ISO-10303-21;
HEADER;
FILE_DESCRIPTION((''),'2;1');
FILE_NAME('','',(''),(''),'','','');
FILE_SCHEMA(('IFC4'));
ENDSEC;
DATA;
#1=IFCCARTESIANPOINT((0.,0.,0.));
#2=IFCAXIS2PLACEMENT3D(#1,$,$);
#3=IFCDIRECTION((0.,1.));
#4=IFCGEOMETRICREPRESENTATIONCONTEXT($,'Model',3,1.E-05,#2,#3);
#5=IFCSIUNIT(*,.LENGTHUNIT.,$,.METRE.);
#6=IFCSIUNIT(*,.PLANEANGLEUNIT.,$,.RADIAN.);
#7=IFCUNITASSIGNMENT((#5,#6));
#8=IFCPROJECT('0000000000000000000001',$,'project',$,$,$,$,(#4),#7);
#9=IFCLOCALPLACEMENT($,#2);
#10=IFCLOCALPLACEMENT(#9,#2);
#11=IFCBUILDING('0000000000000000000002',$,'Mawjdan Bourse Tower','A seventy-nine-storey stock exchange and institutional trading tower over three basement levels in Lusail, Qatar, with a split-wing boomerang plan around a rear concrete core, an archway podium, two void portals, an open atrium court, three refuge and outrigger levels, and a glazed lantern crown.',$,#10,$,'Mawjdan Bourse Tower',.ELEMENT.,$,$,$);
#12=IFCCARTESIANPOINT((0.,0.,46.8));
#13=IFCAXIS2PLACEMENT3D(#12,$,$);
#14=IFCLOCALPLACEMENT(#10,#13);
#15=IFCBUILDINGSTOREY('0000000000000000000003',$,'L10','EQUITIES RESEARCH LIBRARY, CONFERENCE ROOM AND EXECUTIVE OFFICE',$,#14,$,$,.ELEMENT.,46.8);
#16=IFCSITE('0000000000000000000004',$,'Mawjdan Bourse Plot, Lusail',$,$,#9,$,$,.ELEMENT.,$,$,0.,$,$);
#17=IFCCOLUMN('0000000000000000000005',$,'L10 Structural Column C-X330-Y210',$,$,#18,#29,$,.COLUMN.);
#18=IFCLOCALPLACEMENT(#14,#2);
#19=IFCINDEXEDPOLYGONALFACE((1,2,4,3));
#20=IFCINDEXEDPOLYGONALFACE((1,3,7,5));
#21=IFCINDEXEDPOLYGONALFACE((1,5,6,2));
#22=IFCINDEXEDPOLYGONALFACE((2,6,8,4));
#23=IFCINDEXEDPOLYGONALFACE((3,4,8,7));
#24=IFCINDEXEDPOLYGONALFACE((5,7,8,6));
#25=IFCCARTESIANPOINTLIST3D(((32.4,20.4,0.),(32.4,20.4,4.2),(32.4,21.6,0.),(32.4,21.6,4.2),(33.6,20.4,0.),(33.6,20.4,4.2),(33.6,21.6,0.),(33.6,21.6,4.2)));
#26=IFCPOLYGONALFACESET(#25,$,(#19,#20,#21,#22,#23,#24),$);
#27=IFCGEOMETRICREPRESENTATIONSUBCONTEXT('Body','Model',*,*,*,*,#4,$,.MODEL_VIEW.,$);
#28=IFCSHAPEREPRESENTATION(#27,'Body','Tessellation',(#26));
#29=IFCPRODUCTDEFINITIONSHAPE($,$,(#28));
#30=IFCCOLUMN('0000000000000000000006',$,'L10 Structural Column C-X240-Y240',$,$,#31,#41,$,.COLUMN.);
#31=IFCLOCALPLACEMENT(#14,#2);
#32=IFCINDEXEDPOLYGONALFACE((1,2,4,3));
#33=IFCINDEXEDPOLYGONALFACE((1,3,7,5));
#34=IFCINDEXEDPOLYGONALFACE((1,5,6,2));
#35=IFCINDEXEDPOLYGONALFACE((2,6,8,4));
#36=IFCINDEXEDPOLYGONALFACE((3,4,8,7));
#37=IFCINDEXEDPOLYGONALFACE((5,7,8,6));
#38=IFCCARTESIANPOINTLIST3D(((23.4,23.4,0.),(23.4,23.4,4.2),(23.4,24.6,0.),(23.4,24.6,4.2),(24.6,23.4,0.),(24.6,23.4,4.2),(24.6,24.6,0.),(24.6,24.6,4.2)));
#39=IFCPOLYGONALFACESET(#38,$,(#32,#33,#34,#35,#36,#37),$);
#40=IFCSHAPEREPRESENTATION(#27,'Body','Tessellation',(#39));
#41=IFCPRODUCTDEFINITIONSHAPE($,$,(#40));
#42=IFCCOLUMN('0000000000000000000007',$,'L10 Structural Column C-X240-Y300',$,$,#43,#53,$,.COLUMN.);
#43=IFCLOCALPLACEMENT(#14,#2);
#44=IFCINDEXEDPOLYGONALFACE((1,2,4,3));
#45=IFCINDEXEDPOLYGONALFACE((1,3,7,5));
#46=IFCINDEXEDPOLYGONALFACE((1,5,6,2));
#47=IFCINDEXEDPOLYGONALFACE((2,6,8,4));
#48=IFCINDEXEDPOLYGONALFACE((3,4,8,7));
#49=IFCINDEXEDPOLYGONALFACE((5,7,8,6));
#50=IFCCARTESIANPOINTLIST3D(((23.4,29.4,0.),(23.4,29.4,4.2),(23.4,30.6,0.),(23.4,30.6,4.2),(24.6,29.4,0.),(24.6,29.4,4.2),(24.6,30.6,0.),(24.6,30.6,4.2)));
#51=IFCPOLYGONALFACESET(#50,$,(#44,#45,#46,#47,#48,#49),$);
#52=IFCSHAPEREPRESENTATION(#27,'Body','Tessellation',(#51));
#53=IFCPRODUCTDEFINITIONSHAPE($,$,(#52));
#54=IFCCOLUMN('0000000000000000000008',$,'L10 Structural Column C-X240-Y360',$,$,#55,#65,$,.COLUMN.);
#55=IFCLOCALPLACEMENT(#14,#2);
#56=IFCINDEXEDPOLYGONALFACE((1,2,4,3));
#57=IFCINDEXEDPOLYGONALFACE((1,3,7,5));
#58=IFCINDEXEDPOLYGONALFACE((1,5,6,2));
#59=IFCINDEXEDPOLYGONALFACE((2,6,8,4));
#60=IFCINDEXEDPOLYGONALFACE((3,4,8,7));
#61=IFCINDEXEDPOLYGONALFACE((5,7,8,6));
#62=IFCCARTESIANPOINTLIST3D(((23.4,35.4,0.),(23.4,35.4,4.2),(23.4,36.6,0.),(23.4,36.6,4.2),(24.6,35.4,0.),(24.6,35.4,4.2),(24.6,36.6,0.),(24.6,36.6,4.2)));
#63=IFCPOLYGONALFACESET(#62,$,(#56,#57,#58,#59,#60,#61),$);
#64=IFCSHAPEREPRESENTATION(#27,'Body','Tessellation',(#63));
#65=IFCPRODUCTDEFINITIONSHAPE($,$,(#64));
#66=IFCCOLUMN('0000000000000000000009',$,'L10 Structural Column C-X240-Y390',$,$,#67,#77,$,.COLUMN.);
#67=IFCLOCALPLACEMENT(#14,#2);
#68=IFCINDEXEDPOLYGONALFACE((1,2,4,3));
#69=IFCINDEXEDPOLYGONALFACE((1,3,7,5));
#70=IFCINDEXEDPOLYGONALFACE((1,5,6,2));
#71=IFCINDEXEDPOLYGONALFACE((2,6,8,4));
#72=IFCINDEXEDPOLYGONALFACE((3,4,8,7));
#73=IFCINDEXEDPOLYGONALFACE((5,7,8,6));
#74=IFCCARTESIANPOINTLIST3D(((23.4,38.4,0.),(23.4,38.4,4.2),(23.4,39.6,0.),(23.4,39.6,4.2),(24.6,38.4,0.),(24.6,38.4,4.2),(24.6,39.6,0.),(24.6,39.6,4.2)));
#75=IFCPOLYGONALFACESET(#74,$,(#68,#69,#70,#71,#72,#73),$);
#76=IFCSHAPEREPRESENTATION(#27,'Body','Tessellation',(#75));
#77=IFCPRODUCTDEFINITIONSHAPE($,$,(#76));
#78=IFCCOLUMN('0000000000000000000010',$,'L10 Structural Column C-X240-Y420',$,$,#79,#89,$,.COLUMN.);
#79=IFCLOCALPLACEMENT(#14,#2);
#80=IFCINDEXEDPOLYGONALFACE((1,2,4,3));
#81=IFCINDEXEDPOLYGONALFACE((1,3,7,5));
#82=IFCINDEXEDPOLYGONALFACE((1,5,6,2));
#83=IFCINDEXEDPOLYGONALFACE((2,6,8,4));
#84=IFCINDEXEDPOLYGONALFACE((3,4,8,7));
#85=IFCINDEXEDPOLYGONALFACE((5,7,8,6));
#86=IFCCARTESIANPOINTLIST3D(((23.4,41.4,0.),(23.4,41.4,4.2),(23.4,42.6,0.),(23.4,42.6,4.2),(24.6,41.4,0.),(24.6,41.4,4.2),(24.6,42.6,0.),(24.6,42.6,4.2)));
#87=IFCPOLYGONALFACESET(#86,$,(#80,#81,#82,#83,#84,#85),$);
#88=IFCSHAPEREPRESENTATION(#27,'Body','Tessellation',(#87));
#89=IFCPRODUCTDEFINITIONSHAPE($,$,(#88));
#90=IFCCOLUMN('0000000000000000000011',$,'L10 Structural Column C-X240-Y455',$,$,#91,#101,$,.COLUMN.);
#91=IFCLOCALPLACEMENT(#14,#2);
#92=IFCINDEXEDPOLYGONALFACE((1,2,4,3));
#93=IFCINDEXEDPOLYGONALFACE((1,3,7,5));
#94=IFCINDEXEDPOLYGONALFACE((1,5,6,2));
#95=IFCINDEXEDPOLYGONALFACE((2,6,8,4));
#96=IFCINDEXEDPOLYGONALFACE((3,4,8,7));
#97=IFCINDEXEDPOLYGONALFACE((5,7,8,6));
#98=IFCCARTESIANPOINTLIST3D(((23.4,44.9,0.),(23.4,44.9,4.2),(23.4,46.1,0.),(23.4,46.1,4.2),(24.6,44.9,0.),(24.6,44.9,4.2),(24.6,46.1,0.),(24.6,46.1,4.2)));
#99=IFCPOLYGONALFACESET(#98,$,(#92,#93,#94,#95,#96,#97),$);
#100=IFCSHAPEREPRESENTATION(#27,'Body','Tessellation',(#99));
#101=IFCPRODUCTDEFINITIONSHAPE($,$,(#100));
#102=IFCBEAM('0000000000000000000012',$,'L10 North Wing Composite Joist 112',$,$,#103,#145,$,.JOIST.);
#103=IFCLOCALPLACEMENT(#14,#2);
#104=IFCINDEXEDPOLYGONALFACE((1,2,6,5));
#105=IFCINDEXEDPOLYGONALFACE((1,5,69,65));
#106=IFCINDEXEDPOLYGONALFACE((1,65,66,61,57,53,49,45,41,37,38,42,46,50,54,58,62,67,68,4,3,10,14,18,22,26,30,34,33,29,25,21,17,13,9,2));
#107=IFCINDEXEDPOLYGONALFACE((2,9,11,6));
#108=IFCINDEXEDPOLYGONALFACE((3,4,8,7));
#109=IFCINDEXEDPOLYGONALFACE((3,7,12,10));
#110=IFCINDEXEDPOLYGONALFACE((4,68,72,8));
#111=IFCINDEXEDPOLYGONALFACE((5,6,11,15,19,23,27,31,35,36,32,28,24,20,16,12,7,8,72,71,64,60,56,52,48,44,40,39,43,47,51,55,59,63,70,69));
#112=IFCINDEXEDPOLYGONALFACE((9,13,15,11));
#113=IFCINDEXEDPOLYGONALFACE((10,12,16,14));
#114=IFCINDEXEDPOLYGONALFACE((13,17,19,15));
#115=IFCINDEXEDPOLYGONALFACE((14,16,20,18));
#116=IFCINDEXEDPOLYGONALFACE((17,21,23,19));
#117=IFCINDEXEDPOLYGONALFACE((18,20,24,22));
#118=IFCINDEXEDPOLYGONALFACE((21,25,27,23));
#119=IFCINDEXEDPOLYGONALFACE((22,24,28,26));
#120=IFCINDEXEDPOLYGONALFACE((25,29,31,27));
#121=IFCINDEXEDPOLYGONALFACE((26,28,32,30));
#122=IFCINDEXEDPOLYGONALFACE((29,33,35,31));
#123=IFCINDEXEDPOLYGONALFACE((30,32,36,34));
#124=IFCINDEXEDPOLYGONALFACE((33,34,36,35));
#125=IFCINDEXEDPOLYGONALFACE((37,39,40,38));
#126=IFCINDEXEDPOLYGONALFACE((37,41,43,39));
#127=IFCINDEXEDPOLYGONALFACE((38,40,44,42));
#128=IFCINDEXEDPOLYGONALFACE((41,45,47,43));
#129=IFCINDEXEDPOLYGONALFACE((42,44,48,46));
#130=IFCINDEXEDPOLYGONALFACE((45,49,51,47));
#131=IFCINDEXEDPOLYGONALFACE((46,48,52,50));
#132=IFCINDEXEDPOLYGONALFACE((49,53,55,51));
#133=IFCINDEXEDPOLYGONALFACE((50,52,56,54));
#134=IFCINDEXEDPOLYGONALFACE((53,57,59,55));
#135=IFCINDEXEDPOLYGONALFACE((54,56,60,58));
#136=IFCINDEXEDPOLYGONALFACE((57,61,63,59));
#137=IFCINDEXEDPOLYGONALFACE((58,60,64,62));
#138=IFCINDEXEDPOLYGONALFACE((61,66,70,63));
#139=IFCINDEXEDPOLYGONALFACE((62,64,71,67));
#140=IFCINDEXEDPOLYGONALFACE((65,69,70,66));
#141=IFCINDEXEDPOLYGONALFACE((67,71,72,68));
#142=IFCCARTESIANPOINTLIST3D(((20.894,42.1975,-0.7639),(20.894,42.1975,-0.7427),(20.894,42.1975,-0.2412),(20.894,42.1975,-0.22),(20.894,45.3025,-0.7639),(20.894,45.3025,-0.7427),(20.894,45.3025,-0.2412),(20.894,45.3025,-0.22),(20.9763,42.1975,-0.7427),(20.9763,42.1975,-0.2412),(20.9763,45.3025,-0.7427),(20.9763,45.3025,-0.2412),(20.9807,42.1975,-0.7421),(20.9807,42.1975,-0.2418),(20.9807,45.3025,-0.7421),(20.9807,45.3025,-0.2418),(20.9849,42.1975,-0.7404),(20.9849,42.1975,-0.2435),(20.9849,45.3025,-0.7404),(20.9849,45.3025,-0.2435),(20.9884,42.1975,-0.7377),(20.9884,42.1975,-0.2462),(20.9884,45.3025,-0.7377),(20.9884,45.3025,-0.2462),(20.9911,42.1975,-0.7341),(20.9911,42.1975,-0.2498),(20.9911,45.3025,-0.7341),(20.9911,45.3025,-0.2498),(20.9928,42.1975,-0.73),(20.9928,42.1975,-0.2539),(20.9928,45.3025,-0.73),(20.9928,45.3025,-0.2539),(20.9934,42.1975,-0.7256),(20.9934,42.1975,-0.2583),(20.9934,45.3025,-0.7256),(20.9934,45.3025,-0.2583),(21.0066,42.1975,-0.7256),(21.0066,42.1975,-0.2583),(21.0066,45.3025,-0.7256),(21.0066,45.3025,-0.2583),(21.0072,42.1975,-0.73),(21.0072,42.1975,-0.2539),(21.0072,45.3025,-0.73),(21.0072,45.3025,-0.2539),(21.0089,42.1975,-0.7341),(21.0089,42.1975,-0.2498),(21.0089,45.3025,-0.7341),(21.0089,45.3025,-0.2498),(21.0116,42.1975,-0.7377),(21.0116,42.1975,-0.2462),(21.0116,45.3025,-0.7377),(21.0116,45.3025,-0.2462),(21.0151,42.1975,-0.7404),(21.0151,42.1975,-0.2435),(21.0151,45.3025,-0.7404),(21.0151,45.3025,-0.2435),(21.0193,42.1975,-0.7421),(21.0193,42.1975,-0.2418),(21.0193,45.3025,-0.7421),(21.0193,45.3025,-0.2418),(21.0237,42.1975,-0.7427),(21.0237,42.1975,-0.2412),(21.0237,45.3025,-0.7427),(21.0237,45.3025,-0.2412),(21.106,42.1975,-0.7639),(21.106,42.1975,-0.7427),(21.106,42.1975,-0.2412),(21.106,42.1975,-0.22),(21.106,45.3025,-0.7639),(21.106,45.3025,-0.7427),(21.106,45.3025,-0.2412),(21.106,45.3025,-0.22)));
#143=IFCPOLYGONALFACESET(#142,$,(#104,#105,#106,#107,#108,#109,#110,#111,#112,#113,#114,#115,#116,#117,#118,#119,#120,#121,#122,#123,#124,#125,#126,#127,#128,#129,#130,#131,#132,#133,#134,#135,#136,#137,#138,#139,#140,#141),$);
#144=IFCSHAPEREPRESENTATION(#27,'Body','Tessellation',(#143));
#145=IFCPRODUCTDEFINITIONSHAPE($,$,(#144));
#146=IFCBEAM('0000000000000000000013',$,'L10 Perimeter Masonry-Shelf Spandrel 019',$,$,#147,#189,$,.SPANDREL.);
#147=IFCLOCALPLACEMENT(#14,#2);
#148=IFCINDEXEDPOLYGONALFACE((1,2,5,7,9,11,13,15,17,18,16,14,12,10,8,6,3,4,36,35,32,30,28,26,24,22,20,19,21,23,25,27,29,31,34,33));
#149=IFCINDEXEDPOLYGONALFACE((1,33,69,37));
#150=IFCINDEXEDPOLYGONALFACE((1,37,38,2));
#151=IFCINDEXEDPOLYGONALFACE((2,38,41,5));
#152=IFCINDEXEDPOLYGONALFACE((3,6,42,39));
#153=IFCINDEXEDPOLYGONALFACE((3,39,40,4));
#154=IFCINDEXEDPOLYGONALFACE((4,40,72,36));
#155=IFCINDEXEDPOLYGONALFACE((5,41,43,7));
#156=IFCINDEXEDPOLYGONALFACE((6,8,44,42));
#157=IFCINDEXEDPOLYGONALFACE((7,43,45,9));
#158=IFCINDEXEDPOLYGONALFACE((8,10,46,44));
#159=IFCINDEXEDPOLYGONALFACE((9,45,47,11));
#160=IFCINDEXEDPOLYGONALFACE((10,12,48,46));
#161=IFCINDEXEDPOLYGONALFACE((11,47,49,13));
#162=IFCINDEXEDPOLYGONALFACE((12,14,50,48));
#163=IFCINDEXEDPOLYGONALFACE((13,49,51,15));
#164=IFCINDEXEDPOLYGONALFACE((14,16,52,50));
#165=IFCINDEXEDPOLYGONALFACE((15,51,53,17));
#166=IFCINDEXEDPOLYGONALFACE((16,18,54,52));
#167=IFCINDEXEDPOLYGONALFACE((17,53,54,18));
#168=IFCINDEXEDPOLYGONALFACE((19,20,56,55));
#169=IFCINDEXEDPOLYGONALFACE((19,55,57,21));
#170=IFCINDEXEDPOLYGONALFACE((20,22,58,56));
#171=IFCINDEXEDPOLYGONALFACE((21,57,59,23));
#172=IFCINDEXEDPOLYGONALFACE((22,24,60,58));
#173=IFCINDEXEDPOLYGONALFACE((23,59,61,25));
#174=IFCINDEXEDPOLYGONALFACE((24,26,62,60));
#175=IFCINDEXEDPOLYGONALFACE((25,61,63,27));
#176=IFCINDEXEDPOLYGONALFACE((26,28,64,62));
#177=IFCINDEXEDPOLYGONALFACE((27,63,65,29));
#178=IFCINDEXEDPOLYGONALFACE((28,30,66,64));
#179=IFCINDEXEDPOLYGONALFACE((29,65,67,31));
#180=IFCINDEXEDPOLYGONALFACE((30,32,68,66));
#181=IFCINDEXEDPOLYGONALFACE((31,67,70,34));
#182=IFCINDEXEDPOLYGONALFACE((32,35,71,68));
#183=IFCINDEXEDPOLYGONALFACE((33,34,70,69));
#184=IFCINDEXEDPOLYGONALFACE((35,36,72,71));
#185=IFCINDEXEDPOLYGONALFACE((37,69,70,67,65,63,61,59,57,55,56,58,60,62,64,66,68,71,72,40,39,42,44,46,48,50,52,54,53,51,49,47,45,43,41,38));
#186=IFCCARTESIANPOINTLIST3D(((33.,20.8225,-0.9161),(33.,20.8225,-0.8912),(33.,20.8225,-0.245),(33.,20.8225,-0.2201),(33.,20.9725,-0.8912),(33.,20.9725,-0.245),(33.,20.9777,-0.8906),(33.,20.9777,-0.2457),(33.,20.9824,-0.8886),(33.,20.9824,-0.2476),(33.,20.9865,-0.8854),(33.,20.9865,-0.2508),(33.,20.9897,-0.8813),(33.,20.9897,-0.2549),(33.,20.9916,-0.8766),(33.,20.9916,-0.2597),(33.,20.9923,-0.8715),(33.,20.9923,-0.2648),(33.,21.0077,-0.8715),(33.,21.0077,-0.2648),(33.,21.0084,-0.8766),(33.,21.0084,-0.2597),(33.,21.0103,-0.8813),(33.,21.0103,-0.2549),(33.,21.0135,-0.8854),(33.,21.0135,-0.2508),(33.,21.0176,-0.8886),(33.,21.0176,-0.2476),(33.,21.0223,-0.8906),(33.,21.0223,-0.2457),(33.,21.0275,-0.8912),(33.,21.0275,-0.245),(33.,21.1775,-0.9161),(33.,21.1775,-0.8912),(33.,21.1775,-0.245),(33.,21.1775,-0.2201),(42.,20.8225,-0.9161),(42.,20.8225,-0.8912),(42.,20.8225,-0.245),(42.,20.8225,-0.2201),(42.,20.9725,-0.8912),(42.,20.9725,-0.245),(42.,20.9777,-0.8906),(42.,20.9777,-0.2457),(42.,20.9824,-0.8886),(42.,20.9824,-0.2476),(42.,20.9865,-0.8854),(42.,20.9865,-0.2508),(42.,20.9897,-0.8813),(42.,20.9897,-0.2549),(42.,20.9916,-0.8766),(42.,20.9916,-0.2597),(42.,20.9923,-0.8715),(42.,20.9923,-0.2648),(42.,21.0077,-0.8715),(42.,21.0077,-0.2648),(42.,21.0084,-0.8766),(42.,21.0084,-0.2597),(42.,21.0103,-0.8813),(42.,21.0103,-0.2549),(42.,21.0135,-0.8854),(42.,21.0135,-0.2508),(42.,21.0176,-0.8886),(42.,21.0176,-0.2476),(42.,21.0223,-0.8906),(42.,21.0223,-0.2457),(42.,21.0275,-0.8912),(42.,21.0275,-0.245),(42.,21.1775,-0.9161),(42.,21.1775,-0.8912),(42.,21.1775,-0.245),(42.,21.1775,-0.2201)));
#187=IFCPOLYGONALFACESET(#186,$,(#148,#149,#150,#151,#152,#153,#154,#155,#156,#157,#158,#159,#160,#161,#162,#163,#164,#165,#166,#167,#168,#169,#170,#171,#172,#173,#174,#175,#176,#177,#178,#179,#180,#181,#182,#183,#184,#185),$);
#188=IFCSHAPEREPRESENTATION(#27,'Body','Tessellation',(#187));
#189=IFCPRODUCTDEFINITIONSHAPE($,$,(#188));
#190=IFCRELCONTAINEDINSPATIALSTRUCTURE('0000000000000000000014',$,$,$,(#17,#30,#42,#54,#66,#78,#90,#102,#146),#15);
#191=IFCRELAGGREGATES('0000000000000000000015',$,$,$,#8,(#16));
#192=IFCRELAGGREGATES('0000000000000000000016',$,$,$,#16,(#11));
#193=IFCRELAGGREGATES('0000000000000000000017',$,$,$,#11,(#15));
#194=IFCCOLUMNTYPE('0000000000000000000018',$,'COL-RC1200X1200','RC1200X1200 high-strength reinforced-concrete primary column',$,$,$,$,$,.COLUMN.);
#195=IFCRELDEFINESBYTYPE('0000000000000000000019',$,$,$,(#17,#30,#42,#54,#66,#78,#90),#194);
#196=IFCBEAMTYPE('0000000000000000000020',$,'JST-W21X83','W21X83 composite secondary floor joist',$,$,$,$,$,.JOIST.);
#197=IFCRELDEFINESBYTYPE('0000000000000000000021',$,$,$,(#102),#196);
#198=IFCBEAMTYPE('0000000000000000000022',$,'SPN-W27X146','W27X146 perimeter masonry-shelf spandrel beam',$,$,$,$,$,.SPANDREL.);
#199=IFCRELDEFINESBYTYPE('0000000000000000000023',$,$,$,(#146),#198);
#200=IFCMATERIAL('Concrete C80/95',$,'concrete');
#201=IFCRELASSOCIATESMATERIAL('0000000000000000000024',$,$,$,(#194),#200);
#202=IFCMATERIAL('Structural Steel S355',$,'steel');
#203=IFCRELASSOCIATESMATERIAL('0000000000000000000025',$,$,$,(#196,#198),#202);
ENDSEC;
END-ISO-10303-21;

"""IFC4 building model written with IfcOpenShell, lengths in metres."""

from ifc_helpers import new_model, si_unit, direction, frame, origin, origin_2d, place, context, subcontext, project, spatial, rectangle, i_section, extrude, material, material_profile, profile_set, type_object, element, save


model = new_model("IFC4")

# Units and contexts
model_context = context("Model", 3, precision=1e-05, world=origin(), true_north=direction((0.0, 1.0)))
body_context = subcontext(model_context, "Body", "Model", "MODEL_VIEW")
ifc_project = project(units=[si_unit("LENGTHUNIT", "METRE"), si_unit("PLANEANGLEUNIT", "RADIAN")], contexts=[model_context])

# Site, building, storey
site_placement = place(None, origin())
site = spatial("IfcSite", under=ifc_project, at=site_placement, Name="Mawjdan Bourse Plot, Lusail", CompositionType="ELEMENT", RefElevation=0.0)
building_placement = place(site_placement, origin())
building = spatial("IfcBuilding", under=site, at=building_placement, Name="Mawjdan Bourse Tower", Description="A seventy-nine-storey stock exchange and institutional trading tower over three basement levels in Lusail, Qatar, with a split-wing boomerang plan around a rear concrete core, an archway podium, two void portals, an open atrium court, three refuge and outrigger levels, and a glazed lantern crown.", LongName="Mawjdan Bourse Tower", CompositionType="ELEMENT")
storey_placement = place(building_placement, frame((0.0, 0.0, 46.8)))
storey = spatial("IfcBuildingStorey", under=building, at=storey_placement, Name="L10", Description="EQUITIES RESEARCH LIBRARY, CONFERENCE ROOM AND EXECUTIVE OFFICE", CompositionType="ELEMENT", Elevation=46.8)

# Columns
ifc_material_1 = material(Name="Concrete C80/95", Category="concrete")
ifc_material_profile_1 = material_profile(ifc_material_1, rectangle(XDim=1.2, YDim=1.2, at=origin_2d()), Name="RC1200X1200")
ifc_profile_set_1 = profile_set([ifc_material_profile_1], Name="Concrete C80/95")
column_type = type_object("IfcColumnType", Name="COL-RC1200X1200", Description="RC1200X1200 high-strength reinforced-concrete primary column", PredefinedType="COLUMN", material=ifc_profile_set_1)
for number, where, z_axis, x_axis, name in (
    (1, (33.0, 21.0, 0.0), (0.0, 0.0, 1.0), (1.0, 0.0, 0.0), "L10 Structural Column C-X330-Y210"),
    (2, (24.0, 24.0, 0.0), (0.0, 0.0, 1.0), (1.0, 0.0, 0.0), "L10 Structural Column C-X240-Y240"),
    (3, (24.0, 30.0, 0.0), (0.0, 0.0, 1.0), (1.0, 0.0, 0.0), "L10 Structural Column C-X240-Y300"),
    (4, (24.0, 36.0, 0.0), (0.0, 0.0, 1.0), (1.0, 0.0, 0.0), "L10 Structural Column C-X240-Y360"),
    (5, (24.0, 39.0, 0.0), (0.0, 0.0, 1.0), (1.0, 0.0, 0.0), "L10 Structural Column C-X240-Y390"),
    (6, (24.0, 42.0, 0.0), (0.0, 0.0, 1.0), (1.0, 0.0, 0.0), "L10 Structural Column C-X240-Y420"),
    (7, (24.0, 45.5, 0.0), (0.0, 0.0, 1.0), (1.0, 0.0, 0.0), "L10 Structural Column C-X240-Y455"),
):
    element("IfcColumn", number, at=place(storey_placement, frame(where, z_axis=z_axis, x_axis=x_axis)), inside=storey, type_object=column_type, Name=name, PredefinedType="COLUMN", context=body_context, shape_type="SweptSolid", body=[
        extrude(rectangle(XDim=1.2, YDim=1.2, at=origin_2d()), origin(), (0.0, 0.0, 1.0), 4.2),
    ])

# Beams
ifc_material_2 = material(Name="Structural Steel S355", Category="steel")
ifc_material_profile_2 = material_profile(ifc_material_2, i_section(OverallWidth=0.2119, OverallDepth=0.5439, WebThickness=0.0132, FlangeThickness=0.0212, FilletRadius=0.0171, at=origin_2d()), Name="W21X83")
ifc_profile_set_2 = profile_set([ifc_material_profile_2], Name="Structural Steel S355")
beam_type_1 = type_object("IfcBeamType", Name="JST-W21X83", Description="W21X83 composite secondary floor joist", PredefinedType="JOIST", material=ifc_profile_set_2)
beam_1_placement = place(storey_placement, frame((21.0, 42.1975, -0.4919), z_axis=(0.0, 1.0, 0.0), x_axis=(-1.0, 0.0, 0.0)))
element("IfcBeam", 8, at=beam_1_placement, inside=storey, type_object=beam_type_1, Name="L10 North Wing Composite Joist 112", PredefinedType="JOIST", context=body_context, shape_type="SweptSolid", body=[
    extrude(i_section(OverallWidth=0.2119, OverallDepth=0.5439, WebThickness=0.0132, FlangeThickness=0.0212, FilletRadius=0.0171, at=origin_2d()), origin(), (0.0, 0.0, 1.0), 3.105),
])
ifc_material_profile_3 = material_profile(ifc_material_2, i_section(OverallWidth=0.355, OverallDepth=0.696, WebThickness=0.0154, FlangeThickness=0.0249, FilletRadius=0.0198, at=origin_2d()), Name="W27X146")
ifc_profile_set_3 = profile_set([ifc_material_profile_3], Name="Structural Steel S355")
beam_type_2 = type_object("IfcBeamType", Name="SPN-W27X146", Description="W27X146 perimeter masonry-shelf spandrel beam", PredefinedType="SPANDREL", material=ifc_profile_set_3)
beam_2_placement = place(storey_placement, frame((33.0, 21.0, -0.5681), z_axis=(1.0, 0.0, 0.0), x_axis=(0.0, 1.0, 0.0)))
element("IfcBeam", 9, at=beam_2_placement, inside=storey, type_object=beam_type_2, Name="L10 Perimeter Masonry-Shelf Spandrel 019", PredefinedType="SPANDREL", context=body_context, shape_type="SweptSolid", body=[
    extrude(i_section(OverallWidth=0.355, OverallDepth=0.696, WebThickness=0.0154, FlangeThickness=0.0249, FilletRadius=0.0198, at=origin_2d()), origin(), (0.0, 0.0, 1.0), 9.0),
])

save(model, "model.ifc")
